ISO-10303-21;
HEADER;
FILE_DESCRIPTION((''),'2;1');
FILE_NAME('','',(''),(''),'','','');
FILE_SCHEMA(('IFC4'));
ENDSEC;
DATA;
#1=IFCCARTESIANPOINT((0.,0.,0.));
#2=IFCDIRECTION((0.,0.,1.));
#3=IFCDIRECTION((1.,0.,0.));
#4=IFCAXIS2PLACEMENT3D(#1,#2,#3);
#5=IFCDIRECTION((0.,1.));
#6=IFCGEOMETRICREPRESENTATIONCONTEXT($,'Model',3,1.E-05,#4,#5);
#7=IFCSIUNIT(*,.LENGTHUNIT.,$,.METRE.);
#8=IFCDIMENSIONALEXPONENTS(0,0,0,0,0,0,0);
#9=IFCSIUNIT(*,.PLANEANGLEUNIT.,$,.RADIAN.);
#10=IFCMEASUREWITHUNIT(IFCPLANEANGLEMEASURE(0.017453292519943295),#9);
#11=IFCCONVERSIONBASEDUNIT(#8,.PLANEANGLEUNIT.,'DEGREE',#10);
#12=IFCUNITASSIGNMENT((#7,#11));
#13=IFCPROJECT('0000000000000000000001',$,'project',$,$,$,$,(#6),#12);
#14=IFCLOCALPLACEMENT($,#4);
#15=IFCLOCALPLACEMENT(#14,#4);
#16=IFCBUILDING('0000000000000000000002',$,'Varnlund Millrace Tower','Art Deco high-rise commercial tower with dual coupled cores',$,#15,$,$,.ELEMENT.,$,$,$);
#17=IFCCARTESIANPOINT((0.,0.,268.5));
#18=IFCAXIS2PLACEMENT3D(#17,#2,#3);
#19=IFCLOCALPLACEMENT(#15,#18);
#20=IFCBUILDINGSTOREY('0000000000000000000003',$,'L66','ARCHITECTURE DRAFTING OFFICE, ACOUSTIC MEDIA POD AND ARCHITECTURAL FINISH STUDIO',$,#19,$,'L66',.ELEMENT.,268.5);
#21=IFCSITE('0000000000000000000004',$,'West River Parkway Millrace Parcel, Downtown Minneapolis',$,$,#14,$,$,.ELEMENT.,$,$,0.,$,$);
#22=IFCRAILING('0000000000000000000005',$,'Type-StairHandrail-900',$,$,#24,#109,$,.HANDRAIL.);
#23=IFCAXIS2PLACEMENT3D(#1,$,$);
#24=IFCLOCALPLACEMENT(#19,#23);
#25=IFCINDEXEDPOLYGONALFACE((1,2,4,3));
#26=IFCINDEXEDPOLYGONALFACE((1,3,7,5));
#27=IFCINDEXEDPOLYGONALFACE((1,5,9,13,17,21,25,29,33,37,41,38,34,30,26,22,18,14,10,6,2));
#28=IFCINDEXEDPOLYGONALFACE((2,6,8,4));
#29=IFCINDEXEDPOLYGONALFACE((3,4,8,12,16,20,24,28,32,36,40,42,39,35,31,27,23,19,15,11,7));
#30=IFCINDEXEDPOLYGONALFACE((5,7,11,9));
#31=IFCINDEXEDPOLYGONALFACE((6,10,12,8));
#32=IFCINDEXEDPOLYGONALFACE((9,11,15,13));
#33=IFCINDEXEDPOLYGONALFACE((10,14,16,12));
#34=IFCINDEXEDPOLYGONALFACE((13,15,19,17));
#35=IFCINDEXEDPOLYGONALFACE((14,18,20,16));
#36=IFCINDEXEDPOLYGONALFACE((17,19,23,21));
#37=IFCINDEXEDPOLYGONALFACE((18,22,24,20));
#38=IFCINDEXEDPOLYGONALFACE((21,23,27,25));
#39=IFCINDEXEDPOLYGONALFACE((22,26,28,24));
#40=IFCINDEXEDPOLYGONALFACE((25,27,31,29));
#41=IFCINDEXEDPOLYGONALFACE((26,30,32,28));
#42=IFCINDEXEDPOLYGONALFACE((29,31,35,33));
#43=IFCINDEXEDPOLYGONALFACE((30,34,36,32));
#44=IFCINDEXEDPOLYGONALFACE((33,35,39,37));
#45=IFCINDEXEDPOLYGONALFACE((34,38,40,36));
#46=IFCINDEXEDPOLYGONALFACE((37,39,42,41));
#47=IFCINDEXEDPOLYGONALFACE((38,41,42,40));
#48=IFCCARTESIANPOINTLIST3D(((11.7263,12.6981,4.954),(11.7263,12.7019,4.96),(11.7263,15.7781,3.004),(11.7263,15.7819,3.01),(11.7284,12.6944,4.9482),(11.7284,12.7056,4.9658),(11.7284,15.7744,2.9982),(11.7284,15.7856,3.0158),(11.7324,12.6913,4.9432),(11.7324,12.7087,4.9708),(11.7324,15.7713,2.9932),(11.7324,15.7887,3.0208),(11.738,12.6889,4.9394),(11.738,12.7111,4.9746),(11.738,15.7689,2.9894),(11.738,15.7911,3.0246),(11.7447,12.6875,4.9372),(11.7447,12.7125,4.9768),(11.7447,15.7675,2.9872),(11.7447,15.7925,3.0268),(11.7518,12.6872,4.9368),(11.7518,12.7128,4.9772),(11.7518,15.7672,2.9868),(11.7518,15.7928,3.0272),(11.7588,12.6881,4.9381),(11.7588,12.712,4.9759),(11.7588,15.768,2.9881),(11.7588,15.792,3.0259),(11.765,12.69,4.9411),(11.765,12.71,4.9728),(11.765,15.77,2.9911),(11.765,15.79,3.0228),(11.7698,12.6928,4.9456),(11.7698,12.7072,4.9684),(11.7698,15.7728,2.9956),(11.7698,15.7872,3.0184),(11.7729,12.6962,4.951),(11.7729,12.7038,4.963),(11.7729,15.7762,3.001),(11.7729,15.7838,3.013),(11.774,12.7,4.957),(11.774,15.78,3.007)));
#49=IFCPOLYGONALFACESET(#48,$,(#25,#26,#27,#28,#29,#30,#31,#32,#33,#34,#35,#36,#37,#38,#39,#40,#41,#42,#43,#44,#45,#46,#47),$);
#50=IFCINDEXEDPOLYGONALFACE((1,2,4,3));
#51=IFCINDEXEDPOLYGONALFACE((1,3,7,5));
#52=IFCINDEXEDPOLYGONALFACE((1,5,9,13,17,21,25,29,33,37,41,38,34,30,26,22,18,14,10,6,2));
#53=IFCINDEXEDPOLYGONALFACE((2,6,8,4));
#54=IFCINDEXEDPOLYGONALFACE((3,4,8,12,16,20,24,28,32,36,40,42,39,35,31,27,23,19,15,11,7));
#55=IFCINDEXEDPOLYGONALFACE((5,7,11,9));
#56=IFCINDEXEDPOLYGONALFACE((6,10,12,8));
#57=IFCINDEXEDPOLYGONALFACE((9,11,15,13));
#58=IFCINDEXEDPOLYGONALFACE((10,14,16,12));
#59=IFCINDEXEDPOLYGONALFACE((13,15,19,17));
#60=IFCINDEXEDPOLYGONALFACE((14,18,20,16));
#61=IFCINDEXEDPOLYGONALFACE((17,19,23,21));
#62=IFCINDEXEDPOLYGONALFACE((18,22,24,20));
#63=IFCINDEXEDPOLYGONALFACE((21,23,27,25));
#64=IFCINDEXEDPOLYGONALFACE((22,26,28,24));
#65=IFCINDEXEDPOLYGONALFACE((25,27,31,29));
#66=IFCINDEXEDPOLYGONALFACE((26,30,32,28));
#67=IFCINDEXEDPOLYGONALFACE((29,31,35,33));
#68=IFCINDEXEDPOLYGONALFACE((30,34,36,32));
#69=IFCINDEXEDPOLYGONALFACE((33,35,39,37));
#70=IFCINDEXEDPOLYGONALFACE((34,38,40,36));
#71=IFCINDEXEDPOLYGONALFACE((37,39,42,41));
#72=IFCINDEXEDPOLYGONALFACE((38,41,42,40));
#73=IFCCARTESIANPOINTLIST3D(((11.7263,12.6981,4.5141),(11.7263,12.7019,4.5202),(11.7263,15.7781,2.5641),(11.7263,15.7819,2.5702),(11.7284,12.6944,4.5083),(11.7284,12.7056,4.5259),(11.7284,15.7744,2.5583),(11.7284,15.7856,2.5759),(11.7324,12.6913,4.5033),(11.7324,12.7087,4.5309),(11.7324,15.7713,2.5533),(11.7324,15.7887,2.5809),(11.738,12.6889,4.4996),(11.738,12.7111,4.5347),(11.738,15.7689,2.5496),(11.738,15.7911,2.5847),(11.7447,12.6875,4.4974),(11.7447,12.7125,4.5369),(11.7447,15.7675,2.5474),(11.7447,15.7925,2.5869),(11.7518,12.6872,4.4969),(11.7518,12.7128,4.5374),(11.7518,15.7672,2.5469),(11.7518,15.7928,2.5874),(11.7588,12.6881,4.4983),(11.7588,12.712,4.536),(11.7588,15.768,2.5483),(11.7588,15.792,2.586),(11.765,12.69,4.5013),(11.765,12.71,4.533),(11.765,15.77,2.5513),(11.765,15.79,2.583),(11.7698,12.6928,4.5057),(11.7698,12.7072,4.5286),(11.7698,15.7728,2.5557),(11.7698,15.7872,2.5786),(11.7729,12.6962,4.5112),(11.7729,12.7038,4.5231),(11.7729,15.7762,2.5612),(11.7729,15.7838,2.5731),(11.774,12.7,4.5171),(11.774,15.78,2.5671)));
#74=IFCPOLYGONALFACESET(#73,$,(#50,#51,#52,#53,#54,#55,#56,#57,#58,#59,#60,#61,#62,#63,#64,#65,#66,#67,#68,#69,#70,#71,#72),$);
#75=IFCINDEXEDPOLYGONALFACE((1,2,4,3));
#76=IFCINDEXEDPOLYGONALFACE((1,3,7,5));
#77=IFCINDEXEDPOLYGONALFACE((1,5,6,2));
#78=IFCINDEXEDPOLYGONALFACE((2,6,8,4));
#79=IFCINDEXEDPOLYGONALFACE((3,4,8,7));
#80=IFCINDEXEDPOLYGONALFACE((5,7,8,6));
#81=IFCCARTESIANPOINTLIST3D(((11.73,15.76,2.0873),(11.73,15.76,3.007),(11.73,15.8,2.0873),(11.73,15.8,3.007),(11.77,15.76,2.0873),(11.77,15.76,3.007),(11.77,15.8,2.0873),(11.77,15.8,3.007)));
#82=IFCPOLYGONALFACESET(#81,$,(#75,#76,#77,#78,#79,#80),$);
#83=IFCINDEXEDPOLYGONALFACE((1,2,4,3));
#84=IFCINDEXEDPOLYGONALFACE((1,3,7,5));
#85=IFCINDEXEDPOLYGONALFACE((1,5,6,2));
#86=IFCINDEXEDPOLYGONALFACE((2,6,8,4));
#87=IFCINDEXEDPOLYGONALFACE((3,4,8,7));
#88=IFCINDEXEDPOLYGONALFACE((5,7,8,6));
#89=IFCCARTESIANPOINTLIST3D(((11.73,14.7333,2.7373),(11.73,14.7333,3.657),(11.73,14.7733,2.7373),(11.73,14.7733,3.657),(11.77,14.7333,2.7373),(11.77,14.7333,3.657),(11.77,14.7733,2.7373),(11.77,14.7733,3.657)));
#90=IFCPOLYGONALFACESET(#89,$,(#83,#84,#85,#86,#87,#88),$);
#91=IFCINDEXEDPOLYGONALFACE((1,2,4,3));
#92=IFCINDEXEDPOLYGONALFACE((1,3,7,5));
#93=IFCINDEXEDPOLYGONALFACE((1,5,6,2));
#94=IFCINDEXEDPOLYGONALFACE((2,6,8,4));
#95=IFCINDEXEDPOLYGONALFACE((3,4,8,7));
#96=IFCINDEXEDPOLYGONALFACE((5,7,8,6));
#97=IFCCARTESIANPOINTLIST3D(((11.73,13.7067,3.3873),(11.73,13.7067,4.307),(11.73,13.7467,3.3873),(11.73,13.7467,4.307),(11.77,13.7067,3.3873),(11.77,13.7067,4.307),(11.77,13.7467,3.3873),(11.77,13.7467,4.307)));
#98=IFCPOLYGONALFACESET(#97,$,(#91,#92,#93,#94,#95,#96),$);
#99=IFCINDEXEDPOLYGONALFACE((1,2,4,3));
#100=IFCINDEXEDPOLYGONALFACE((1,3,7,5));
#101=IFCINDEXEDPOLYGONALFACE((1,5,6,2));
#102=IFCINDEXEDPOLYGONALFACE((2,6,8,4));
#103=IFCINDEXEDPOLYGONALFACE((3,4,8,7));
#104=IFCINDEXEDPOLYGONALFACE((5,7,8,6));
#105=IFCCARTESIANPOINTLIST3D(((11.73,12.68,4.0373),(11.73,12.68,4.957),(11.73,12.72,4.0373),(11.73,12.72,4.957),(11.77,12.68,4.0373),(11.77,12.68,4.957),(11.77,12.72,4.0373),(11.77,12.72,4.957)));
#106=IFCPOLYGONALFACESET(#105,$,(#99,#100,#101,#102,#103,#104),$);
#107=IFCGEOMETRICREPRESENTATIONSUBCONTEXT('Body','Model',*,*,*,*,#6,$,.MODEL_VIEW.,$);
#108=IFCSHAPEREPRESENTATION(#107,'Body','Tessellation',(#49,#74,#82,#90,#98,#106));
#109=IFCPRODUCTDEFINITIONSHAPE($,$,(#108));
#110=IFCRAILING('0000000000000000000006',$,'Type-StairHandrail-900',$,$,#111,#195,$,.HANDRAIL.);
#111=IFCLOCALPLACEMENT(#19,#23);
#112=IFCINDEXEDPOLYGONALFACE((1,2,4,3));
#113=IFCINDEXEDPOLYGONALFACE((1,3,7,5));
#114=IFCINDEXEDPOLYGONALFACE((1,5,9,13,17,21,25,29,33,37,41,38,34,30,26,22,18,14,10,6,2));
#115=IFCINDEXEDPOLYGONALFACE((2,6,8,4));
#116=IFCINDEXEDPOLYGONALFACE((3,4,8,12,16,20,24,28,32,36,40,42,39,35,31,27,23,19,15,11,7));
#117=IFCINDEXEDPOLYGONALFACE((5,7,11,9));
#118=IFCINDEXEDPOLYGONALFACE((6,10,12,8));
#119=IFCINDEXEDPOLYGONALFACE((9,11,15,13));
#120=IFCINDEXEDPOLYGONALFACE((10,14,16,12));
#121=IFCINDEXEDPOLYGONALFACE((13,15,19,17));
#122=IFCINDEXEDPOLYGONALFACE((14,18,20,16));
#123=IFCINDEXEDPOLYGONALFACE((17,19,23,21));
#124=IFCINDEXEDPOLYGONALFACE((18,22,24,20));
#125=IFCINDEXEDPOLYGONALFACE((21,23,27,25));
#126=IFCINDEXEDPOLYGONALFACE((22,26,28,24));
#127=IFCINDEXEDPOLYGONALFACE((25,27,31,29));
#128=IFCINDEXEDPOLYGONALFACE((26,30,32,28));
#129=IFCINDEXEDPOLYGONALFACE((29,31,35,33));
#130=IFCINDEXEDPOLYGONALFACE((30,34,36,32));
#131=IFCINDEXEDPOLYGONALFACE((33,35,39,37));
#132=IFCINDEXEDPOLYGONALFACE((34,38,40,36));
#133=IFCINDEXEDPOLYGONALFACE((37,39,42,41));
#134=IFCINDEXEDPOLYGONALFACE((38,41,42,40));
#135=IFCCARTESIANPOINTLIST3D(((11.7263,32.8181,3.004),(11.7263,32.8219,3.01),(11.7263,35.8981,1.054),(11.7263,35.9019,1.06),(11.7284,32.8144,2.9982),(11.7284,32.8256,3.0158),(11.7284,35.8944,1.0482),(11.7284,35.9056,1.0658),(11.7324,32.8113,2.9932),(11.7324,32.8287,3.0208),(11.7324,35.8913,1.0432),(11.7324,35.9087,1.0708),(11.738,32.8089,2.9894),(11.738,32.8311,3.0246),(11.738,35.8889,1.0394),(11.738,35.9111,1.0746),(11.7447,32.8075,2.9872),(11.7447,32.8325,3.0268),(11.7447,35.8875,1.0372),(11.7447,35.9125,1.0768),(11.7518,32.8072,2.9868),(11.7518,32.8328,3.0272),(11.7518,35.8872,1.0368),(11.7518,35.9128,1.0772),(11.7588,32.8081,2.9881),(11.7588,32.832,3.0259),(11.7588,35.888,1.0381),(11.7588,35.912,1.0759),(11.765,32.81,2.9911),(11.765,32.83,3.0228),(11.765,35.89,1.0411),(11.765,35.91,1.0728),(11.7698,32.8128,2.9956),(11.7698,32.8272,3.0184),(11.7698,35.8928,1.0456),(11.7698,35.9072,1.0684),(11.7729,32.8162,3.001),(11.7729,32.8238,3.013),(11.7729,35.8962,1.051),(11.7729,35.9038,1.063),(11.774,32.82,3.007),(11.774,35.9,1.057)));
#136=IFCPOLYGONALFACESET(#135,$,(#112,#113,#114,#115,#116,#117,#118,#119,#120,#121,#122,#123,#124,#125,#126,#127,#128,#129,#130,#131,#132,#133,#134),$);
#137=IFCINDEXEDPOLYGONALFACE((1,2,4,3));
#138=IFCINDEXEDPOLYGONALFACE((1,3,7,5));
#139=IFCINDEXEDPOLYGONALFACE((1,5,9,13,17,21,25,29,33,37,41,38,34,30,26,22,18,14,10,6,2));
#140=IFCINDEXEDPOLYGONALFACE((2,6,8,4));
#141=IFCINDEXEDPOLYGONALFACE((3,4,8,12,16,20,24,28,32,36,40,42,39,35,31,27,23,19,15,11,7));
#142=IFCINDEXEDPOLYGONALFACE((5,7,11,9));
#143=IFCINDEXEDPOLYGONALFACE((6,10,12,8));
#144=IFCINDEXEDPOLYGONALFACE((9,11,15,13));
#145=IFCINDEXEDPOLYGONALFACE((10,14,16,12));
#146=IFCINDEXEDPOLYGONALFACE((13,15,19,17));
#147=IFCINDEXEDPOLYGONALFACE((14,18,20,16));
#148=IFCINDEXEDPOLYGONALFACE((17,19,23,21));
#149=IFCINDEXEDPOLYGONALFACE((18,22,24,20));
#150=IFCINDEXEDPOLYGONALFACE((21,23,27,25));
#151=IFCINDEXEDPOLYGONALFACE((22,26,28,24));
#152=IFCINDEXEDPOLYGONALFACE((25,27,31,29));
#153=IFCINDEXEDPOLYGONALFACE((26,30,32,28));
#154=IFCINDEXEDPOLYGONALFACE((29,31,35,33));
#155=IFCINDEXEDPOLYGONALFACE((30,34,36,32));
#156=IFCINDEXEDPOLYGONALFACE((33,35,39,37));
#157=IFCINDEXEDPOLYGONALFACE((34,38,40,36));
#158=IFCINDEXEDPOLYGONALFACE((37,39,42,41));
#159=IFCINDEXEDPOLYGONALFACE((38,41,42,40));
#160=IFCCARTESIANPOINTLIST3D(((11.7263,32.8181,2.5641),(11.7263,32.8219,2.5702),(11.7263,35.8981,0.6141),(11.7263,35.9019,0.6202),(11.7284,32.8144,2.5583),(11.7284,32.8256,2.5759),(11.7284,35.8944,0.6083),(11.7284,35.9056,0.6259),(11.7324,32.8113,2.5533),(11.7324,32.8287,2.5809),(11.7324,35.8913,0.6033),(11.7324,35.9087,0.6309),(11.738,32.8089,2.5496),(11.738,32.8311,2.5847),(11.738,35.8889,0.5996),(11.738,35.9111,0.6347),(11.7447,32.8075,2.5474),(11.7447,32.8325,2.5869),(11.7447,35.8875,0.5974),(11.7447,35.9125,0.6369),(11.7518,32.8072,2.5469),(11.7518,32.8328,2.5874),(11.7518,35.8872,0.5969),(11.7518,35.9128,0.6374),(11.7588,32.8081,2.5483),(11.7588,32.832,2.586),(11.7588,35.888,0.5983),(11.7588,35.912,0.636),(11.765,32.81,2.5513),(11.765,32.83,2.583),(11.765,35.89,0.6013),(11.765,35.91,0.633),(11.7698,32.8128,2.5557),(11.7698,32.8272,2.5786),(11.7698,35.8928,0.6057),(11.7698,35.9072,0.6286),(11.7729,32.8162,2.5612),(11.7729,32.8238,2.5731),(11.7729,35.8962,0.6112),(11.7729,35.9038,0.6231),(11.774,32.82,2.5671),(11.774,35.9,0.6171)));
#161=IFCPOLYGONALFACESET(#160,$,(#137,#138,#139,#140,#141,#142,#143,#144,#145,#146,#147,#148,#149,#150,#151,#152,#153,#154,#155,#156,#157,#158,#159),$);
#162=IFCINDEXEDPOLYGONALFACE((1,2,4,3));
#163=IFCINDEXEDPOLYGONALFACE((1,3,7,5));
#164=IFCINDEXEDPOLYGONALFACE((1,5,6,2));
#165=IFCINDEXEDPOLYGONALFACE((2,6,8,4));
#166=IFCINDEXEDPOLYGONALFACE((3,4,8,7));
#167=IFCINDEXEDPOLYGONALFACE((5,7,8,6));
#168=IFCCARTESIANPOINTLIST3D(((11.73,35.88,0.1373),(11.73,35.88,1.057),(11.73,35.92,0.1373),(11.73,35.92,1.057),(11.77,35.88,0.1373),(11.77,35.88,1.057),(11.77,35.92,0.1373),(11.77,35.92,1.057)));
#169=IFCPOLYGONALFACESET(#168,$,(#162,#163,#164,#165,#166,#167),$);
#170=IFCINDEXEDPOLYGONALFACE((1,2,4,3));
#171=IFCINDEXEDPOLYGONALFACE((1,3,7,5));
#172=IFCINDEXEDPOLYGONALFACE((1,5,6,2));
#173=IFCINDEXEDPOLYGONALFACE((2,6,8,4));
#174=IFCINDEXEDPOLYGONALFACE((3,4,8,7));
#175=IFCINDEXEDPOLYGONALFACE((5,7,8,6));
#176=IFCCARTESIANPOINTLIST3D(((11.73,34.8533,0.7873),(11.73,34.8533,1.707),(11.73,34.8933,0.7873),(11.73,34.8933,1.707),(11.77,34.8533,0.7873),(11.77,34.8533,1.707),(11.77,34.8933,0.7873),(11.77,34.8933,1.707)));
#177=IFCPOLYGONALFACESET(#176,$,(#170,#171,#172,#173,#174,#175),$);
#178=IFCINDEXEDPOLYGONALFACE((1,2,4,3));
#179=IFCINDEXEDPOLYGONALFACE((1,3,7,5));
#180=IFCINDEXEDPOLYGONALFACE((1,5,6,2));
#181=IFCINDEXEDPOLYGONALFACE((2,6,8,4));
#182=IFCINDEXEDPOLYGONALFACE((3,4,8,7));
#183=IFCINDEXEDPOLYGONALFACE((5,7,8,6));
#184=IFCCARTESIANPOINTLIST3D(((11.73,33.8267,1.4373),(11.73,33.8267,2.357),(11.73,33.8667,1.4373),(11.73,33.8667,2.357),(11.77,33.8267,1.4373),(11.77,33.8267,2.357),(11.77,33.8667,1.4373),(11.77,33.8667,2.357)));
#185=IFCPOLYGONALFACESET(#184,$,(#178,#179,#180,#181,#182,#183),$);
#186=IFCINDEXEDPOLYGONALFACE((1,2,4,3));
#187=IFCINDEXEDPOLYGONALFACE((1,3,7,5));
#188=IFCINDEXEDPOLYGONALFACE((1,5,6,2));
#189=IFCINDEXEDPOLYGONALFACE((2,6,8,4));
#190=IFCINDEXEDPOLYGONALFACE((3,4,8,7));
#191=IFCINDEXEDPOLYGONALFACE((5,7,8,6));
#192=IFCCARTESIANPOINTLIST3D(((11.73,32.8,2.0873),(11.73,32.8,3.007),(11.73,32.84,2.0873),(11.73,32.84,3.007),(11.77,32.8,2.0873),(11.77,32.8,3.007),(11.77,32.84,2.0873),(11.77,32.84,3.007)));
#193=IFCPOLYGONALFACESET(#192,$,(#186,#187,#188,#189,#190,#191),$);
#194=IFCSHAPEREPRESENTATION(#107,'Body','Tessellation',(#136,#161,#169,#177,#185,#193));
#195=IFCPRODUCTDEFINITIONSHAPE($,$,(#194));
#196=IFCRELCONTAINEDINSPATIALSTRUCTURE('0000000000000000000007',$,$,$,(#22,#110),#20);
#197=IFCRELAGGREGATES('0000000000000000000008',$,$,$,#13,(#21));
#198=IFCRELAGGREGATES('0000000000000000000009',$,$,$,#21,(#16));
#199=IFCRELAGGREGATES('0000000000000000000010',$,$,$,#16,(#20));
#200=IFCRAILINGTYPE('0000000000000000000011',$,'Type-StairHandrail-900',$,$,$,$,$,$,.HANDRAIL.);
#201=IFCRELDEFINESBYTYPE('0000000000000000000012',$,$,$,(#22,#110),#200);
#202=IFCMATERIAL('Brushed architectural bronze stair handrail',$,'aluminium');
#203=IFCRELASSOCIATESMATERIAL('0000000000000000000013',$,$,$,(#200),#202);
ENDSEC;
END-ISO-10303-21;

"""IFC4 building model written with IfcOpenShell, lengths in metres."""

from ifc_helpers import new_model, entity, si_unit, converted_unit, direction, frame, origin_with_axes, origin_2d_with_axis, place, context, subcontext, project, spatial, rectangle, circle, extrude, material, type_object, element, save


model = new_model("IFC4")

# Units and contexts
model_context = context("Model", 3, precision=1e-05, world=origin_with_axes(), true_north=direction((0.0, 1.0)))
body_context = subcontext(model_context, "Body", "Model", "MODEL_VIEW")
ifc_project = project(units=[si_unit("LENGTHUNIT", "METRE"), converted_unit("PLANEANGLEUNIT", "DEGREE", entity("IfcPlaneAngleMeasure", 0.017453292519943295), si_unit("PLANEANGLEUNIT", "RADIAN"), dimensions=[0, 0, 0, 0, 0, 0, 0])], contexts=[model_context])

# Site, building, storey
site_placement = place(None, origin_with_axes())
site = spatial("IfcSite", under=ifc_project, at=site_placement, Name="West River Parkway Millrace Parcel, Downtown Minneapolis", CompositionType="ELEMENT", RefElevation=0.0)
building_placement = place(site_placement, origin_with_axes())
building = spatial("IfcBuilding", under=site, at=building_placement, Name="Varnlund Millrace Tower", Description="Art Deco high-rise commercial tower with dual coupled cores", CompositionType="ELEMENT")
storey_placement = place(building_placement, frame((0.0, 0.0, 268.5), z_axis=(0.0, 0.0, 1.0), x_axis=(1.0, 0.0, 0.0)))
storey = spatial("IfcBuildingStorey", under=building, at=storey_placement, Name="L66", Description="ARCHITECTURE DRAFTING OFFICE, ACOUSTIC MEDIA POD AND ARCHITECTURAL FINISH STUDIO", LongName="L66", CompositionType="ELEMENT", Elevation=268.5)

# Railings
ifc_material_1 = material(Name="Brushed architectural bronze stair handrail", Category="aluminium")
railing_type_1 = type_object("IfcRailingType", Name="Type-StairHandrail-900", PredefinedType="HANDRAIL", material=ifc_material_1)
railing_1_placement = place(storey_placement, frame((0.0, 0.0, -268.5), z_axis=(0.0, 0.0, 1.0), x_axis=(1.0, 0.0, 0.0)))
element("IfcRailing", 1, at=railing_1_placement, inside=storey, type_object=railing_type_1, Name="Type-StairHandrail-900", PredefinedType="HANDRAIL", context=body_context, shape_type="SweptSolid", body=[
    extrude(circle(Radius=0.024, at=origin_2d_with_axis()), frame((11.75, 15.78, 271.507), z_axis=(0.0, -0.844902, 0.534922), x_axis=(1.0, 0.0, 0.0)), (0.0, 0.0, 1.0), 3.6454),
    extrude(circle(Radius=0.024, at=origin_2d_with_axis()), frame((11.75, 15.78, 271.0671), z_axis=(0.0, -0.844902, 0.534922), x_axis=(1.0, 0.0, 0.0)), (0.0, 0.0, 1.0), 3.6454),
    extrude(rectangle(XDim=0.04, YDim=0.04, at=origin_2d_with_axis()), frame((11.75, 15.78, 270.5873), z_axis=(0.0, 0.0, 1.0), x_axis=(1.0, 0.0, 0.0)), (0.0, 0.0, 1.0), 0.9197),
    extrude(rectangle(XDim=0.04, YDim=0.04, at=origin_2d_with_axis()), frame((11.75, 14.7533, 271.2373), z_axis=(0.0, 0.0, 1.0), x_axis=(1.0, 0.0, 0.0)), (0.0, 0.0, 1.0), 0.9197),
    extrude(rectangle(XDim=0.04, YDim=0.04, at=origin_2d_with_axis()), frame((11.75, 13.7267, 271.8873), z_axis=(0.0, 0.0, 1.0), x_axis=(1.0, 0.0, 0.0)), (0.0, 0.0, 1.0), 0.9197),
    extrude(rectangle(XDim=0.04, YDim=0.04, at=origin_2d_with_axis()), frame((11.75, 12.7, 272.5373), z_axis=(0.0, 0.0, 1.0), x_axis=(1.0, 0.0, 0.0)), (0.0, 0.0, 1.0), 0.9197),
])
railing_2_placement = place(storey_placement, frame((0.0, 0.0, -268.5), z_axis=(0.0, 0.0, 1.0), x_axis=(1.0, 0.0, 0.0)))
element("IfcRailing", 2, at=railing_2_placement, inside=storey, type_object=railing_type_1, Name="Type-StairHandrail-900", PredefinedType="HANDRAIL", context=body_context, shape_type="SweptSolid", body=[
    extrude(circle(Radius=0.024, at=origin_2d_with_axis()), frame((11.75, 35.9, 269.557), z_axis=(0.0, -0.844902, 0.534922), x_axis=(1.0, 0.0, 0.0)), (0.0, 0.0, 1.0), 3.6454),
    extrude(circle(Radius=0.024, at=origin_2d_with_axis()), frame((11.75, 35.9, 269.1171), z_axis=(0.0, -0.844902, 0.534922), x_axis=(1.0, 0.0, 0.0)), (0.0, 0.0, 1.0), 3.6454),
    extrude(rectangle(XDim=0.04, YDim=0.04, at=origin_2d_with_axis()), frame((11.75, 35.9, 268.6373), z_axis=(0.0, 0.0, 1.0), x_axis=(1.0, 0.0, 0.0)), (0.0, 0.0, 1.0), 0.9197),
    extrude(rectangle(XDim=0.04, YDim=0.04, at=origin_2d_with_axis()), frame((11.75, 34.8733, 269.2873), z_axis=(0.0, 0.0, 1.0), x_axis=(1.0, 0.0, 0.0)), (0.0, 0.0, 1.0), 0.9197),
    extrude(rectangle(XDim=0.04, YDim=0.04, at=origin_2d_with_axis()), frame((11.75, 33.8467, 269.9373), z_axis=(0.0, 0.0, 1.0), x_axis=(1.0, 0.0, 0.0)), (0.0, 0.0, 1.0), 0.9197),
    extrude(rectangle(XDim=0.04, YDim=0.04, at=origin_2d_with_axis()), frame((11.75, 32.82, 270.5873), z_axis=(0.0, 0.0, 1.0), x_axis=(1.0, 0.0, 0.0)), (0.0, 0.0, 1.0), 0.9197),
])

save(model, "model.ifc")
